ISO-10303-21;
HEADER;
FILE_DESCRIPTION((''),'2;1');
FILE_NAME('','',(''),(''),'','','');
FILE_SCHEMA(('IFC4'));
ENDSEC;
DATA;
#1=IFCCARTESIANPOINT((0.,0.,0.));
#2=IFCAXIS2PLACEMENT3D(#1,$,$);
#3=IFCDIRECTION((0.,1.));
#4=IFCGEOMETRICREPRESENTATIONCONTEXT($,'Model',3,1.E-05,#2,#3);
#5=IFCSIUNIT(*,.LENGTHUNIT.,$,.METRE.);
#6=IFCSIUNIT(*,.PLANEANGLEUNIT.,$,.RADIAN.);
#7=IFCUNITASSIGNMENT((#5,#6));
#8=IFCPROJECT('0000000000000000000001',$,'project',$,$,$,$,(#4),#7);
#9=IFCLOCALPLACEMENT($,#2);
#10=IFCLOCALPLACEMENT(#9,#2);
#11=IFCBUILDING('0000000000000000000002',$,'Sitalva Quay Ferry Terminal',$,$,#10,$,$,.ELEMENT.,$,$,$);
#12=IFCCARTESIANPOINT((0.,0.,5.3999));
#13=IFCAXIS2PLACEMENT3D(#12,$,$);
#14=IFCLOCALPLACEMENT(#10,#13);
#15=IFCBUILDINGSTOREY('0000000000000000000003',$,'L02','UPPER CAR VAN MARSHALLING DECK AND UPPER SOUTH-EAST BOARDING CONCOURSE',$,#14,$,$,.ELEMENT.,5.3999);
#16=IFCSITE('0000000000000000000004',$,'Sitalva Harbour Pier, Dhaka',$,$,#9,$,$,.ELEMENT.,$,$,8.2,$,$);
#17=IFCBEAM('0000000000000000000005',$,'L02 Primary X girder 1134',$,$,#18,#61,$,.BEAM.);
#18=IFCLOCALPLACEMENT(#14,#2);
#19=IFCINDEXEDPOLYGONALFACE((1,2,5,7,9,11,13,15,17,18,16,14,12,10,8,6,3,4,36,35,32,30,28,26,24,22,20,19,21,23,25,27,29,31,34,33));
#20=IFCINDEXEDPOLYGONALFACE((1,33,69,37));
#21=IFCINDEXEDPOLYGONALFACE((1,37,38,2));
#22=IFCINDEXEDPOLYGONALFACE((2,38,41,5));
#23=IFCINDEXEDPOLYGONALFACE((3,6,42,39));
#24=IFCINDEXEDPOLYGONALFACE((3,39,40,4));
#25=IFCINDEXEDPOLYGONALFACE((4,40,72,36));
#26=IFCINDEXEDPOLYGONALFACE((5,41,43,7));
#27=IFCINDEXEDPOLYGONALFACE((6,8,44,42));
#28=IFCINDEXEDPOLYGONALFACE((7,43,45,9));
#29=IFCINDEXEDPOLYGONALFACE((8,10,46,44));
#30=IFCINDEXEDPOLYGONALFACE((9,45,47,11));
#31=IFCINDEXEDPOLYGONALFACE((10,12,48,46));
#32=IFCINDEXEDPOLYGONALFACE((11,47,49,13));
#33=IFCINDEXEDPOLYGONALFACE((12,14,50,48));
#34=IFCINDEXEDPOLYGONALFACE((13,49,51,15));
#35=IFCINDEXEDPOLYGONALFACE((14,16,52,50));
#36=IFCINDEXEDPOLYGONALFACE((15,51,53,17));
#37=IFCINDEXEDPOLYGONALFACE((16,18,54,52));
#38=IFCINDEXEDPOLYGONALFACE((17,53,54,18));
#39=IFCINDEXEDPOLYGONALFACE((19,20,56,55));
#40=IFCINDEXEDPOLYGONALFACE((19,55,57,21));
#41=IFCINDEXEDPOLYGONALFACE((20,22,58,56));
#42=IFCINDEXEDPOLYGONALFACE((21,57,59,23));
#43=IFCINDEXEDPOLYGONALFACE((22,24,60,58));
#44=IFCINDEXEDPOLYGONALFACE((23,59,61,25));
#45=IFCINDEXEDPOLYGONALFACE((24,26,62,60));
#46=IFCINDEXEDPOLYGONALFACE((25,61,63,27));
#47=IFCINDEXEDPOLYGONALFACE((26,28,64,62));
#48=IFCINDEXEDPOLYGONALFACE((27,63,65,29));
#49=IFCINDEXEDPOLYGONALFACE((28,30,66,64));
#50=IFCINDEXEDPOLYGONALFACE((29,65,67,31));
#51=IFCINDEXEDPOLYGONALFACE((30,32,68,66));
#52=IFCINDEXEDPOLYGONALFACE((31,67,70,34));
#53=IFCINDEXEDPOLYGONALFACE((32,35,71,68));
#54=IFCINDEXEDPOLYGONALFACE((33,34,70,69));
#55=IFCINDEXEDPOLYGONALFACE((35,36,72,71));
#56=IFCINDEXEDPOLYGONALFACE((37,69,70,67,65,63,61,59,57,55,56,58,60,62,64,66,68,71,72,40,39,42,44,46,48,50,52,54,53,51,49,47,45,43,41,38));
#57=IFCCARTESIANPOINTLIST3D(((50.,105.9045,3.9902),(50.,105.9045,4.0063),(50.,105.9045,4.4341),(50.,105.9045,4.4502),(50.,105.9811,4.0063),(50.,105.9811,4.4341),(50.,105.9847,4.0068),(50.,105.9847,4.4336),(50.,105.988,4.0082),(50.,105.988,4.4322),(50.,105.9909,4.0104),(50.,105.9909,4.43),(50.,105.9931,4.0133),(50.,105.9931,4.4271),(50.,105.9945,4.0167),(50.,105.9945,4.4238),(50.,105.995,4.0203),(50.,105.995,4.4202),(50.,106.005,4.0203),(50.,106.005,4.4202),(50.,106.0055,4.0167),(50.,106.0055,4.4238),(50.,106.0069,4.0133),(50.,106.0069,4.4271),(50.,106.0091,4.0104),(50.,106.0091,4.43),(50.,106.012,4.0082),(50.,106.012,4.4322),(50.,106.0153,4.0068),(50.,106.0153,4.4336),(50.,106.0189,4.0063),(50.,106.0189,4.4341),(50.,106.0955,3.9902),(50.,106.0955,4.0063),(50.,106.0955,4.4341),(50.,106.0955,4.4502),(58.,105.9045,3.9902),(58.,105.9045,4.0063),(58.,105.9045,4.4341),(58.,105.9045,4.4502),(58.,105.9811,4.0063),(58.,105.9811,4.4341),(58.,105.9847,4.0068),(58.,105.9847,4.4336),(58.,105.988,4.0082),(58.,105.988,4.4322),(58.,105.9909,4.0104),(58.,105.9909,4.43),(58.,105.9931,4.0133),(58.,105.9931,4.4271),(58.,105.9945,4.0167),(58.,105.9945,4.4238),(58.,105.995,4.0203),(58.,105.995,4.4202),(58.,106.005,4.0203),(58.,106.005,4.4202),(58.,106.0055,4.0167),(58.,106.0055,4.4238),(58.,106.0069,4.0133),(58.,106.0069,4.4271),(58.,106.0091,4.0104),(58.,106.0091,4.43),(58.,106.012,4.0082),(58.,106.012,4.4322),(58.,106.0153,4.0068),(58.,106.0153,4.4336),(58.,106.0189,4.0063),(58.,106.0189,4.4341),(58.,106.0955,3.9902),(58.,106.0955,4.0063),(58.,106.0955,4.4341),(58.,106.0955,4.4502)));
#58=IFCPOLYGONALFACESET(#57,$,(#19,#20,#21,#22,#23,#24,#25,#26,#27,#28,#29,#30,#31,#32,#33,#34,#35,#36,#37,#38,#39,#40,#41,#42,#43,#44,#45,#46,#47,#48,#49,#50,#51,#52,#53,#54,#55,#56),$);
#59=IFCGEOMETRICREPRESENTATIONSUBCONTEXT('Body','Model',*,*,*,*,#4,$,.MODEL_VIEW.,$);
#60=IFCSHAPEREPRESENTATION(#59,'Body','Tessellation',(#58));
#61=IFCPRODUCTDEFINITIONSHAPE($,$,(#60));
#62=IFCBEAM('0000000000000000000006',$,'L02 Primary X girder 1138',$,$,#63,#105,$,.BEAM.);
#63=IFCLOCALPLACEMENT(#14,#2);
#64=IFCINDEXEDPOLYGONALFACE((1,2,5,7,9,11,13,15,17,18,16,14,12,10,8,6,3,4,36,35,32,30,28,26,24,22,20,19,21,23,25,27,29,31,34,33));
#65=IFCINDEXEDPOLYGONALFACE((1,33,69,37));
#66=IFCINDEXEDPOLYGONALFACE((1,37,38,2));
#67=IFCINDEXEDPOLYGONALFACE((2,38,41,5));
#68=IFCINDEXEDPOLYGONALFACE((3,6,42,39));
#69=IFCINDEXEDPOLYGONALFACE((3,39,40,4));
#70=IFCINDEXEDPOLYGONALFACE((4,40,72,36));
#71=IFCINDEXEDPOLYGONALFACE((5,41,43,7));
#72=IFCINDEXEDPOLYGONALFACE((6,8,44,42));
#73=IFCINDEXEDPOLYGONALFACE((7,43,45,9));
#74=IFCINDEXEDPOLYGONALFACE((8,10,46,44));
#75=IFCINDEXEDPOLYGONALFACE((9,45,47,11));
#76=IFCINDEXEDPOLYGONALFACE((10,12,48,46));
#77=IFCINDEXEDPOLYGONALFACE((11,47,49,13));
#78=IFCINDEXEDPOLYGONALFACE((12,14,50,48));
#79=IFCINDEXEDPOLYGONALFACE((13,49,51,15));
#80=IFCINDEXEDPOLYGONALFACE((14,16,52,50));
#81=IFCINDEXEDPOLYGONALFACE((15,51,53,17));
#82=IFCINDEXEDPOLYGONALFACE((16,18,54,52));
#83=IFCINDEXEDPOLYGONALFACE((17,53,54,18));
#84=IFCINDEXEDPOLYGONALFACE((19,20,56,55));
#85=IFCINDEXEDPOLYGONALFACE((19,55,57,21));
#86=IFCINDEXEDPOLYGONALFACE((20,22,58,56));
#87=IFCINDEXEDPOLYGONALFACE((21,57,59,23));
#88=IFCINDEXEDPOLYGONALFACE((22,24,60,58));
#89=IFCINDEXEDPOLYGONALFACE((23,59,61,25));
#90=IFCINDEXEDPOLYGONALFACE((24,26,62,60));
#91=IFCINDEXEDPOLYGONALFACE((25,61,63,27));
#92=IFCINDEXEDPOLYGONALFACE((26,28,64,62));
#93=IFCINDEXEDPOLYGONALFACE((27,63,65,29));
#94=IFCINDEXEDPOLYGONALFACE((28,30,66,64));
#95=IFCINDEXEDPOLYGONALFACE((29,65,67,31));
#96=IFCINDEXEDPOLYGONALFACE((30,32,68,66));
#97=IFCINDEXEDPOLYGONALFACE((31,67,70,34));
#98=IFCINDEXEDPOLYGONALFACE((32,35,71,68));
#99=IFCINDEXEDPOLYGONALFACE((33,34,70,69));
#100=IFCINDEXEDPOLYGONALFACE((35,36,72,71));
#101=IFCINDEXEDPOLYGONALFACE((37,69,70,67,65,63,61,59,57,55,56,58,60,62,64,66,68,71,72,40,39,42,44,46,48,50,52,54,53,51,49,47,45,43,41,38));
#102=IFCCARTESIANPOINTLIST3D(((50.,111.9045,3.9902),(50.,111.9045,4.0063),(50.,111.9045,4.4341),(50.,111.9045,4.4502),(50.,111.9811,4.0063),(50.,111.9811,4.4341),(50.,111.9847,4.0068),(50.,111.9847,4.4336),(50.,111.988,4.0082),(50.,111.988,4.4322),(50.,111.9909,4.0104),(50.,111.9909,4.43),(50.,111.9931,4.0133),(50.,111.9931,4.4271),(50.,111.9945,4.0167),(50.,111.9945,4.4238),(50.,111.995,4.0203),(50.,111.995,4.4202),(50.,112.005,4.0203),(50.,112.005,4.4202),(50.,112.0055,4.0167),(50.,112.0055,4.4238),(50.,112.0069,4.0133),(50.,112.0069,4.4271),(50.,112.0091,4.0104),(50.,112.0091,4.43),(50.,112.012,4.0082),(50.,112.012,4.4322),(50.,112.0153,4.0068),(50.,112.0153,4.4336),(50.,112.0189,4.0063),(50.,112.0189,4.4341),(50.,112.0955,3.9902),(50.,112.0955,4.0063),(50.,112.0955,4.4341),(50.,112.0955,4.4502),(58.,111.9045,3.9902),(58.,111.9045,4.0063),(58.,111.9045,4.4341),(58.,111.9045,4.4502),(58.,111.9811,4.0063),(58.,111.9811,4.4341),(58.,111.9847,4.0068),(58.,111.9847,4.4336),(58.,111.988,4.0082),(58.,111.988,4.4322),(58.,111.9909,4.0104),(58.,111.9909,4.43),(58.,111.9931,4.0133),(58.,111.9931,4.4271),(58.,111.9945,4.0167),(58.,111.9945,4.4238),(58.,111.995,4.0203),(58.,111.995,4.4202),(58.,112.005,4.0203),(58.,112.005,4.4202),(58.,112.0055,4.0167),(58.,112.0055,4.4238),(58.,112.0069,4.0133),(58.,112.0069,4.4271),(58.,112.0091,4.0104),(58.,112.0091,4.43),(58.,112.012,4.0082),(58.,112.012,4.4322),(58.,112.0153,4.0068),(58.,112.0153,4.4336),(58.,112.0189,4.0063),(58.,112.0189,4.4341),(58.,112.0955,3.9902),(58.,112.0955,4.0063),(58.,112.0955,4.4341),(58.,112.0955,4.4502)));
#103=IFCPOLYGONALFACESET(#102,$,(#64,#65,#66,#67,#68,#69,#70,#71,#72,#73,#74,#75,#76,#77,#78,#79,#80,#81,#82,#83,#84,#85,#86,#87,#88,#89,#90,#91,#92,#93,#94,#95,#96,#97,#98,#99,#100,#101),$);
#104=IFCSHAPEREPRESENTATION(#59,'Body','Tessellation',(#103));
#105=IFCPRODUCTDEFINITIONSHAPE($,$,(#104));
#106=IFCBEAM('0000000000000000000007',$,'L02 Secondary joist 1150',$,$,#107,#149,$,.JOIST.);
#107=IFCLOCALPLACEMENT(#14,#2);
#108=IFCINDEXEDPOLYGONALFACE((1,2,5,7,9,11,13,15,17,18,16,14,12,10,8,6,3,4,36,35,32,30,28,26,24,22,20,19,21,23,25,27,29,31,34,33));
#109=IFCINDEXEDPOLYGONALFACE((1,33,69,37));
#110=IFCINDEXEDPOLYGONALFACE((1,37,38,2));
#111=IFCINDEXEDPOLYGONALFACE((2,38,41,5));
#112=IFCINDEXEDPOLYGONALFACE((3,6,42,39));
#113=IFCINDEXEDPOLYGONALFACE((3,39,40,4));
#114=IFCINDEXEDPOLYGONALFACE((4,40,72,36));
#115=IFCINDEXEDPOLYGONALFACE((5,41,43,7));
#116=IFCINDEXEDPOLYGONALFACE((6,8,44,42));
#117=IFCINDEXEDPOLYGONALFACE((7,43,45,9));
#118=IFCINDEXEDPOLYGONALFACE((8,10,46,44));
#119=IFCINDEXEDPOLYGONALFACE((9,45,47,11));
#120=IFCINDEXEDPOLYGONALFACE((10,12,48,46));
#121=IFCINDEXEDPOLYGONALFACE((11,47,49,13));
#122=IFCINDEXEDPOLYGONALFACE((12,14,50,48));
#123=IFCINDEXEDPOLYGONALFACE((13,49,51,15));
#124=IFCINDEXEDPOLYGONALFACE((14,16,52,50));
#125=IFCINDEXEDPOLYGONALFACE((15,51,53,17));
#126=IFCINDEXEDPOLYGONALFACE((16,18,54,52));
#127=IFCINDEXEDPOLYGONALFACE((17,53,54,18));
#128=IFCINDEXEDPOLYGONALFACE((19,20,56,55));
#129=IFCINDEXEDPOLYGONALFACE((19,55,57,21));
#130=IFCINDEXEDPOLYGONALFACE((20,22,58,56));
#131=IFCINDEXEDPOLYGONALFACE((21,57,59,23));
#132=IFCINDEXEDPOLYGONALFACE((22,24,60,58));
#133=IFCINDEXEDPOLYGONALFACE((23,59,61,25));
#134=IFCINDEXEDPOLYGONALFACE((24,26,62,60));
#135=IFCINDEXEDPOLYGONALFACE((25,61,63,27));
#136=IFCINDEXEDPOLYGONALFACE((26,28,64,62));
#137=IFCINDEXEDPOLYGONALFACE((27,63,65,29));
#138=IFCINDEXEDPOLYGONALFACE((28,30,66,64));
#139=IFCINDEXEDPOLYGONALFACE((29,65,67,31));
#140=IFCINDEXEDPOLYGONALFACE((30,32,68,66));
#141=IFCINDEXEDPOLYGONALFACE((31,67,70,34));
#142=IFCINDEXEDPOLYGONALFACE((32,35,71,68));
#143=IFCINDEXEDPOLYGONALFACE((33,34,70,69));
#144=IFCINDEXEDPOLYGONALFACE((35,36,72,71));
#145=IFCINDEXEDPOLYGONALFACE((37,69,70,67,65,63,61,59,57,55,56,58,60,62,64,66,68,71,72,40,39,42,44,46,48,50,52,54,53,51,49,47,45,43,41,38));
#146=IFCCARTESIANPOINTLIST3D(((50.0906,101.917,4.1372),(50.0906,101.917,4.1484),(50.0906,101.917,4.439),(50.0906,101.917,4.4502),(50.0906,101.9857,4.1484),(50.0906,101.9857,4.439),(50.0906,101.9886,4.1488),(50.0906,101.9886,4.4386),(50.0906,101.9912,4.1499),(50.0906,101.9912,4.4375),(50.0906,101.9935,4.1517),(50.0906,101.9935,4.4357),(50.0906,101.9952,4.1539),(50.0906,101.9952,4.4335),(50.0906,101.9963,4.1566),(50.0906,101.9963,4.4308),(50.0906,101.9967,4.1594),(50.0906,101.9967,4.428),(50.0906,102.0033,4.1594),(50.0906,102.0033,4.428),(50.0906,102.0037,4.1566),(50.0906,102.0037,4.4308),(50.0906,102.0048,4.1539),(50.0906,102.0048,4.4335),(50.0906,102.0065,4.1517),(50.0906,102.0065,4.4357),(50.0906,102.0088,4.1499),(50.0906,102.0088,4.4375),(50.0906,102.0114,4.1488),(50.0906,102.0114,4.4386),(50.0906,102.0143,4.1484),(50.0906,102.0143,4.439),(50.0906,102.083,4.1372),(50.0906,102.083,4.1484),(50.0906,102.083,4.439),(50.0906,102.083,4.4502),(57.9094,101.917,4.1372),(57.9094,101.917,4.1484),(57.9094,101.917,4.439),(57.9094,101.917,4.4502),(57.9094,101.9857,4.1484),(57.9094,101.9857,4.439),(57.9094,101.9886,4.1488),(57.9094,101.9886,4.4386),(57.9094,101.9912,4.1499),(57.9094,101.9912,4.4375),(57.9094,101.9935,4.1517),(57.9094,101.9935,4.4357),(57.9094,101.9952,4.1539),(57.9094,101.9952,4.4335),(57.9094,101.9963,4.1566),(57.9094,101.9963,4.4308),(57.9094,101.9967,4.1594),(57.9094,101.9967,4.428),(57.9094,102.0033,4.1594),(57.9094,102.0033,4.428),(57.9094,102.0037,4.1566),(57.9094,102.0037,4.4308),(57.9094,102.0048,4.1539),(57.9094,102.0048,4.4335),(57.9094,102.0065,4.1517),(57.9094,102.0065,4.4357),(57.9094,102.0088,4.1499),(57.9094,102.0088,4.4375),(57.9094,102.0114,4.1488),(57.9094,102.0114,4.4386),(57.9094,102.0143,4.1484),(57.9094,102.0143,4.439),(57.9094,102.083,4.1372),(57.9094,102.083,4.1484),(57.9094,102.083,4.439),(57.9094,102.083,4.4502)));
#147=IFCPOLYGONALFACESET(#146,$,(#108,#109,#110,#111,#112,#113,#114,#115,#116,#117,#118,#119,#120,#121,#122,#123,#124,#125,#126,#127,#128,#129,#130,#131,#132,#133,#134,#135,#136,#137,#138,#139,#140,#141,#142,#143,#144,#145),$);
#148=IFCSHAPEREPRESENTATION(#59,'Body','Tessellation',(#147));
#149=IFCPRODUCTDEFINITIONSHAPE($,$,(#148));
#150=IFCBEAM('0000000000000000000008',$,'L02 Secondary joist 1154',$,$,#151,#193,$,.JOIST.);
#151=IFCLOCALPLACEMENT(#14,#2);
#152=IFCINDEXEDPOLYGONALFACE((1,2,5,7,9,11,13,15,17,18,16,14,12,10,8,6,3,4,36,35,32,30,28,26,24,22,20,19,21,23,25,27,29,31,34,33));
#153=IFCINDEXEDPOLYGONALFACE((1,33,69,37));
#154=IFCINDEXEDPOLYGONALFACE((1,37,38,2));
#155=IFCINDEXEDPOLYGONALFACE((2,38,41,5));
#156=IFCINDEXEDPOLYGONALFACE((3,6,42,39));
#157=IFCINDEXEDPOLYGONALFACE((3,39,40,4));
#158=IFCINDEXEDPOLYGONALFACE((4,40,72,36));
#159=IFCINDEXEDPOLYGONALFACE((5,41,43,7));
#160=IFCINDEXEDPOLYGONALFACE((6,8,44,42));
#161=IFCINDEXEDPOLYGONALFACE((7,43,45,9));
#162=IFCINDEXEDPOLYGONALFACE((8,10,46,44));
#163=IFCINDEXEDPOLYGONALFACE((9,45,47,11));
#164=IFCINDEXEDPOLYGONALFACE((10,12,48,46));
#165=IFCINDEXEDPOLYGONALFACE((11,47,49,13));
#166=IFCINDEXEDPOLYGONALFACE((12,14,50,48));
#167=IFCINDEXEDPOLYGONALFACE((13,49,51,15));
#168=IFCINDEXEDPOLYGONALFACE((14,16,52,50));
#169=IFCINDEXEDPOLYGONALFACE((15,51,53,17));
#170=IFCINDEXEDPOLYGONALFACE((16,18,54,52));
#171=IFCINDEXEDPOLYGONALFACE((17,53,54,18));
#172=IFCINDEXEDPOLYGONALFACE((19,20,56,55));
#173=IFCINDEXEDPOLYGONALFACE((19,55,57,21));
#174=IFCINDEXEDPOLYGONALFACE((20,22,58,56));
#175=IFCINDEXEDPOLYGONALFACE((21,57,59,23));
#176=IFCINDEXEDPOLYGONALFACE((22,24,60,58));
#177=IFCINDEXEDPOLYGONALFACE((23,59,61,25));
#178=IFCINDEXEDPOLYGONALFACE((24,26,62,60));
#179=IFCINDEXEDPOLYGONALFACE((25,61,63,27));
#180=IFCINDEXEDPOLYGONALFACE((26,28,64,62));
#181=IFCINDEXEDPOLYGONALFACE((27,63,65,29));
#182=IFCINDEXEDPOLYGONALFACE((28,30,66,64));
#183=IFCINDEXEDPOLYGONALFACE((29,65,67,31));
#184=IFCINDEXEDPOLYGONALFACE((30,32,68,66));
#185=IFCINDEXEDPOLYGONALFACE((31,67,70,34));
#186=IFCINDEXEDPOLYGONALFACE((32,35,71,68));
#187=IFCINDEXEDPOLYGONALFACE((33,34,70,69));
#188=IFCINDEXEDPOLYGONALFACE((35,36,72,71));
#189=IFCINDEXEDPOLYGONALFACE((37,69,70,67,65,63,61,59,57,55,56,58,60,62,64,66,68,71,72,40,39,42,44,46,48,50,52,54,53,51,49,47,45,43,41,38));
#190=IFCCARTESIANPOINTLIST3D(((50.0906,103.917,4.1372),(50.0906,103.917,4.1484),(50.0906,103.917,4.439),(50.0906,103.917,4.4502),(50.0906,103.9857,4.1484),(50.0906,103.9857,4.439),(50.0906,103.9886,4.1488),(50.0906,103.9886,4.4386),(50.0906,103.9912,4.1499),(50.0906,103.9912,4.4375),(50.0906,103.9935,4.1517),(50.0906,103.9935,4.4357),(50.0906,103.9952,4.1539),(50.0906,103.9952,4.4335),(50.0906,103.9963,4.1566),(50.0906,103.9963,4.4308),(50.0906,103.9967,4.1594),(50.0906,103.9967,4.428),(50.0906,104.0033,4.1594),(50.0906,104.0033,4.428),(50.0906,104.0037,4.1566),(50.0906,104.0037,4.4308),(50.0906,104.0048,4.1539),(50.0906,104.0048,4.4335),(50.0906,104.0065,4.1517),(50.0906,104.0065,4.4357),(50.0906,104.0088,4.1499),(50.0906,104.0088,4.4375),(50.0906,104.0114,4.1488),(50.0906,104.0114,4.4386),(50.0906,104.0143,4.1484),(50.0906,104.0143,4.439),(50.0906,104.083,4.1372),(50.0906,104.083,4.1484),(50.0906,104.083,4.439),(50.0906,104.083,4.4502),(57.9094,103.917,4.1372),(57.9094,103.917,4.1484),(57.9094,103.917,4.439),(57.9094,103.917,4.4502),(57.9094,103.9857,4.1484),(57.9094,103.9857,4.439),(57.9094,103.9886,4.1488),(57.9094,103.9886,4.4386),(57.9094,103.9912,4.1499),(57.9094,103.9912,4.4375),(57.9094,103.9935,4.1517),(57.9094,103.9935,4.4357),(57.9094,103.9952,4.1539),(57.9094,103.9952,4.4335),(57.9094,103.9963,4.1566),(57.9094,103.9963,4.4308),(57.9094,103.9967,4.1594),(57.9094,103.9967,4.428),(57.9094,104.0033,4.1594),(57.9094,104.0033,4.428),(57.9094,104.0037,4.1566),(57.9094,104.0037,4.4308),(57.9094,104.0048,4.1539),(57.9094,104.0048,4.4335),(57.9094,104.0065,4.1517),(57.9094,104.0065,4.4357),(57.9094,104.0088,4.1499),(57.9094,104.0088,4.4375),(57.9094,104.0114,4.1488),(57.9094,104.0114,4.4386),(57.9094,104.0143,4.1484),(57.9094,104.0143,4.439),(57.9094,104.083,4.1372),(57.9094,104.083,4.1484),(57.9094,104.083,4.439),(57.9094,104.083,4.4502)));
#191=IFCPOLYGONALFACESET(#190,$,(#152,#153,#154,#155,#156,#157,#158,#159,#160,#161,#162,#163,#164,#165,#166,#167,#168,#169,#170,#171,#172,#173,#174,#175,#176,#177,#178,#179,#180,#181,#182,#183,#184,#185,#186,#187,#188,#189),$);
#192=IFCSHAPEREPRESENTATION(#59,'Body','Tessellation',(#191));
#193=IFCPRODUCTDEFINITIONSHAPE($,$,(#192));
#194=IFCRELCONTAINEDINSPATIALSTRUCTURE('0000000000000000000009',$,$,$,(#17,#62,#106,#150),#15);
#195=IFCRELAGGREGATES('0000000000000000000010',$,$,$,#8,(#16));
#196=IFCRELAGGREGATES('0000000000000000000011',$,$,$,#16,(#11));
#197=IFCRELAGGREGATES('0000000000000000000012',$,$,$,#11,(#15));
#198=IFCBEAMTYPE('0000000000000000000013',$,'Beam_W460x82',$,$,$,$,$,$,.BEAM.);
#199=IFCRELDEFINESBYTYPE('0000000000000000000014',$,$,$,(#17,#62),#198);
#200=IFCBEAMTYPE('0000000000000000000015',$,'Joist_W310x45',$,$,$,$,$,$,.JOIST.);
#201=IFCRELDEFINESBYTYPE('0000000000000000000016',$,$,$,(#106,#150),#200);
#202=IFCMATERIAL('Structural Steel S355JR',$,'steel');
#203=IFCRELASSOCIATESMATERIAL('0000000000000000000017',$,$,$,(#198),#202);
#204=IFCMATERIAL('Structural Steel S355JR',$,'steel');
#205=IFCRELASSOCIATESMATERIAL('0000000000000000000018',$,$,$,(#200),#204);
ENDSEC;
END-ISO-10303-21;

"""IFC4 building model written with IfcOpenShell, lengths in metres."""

from ifc_helpers import new_model, si_unit, direction, frame, origin, origin_2d, place, context, subcontext, project, spatial, i_section, extrude, material, material_profile, profile_set, type_object, element, save


model = new_model("IFC4")

# Units and contexts
model_context = context("Model", 3, precision=1e-05, world=origin(), true_north=direction((0.0, 1.0)))
body_context = subcontext(model_context, "Body", "Model", "MODEL_VIEW")
ifc_project = project(units=[si_unit("LENGTHUNIT", "METRE"), si_unit("PLANEANGLEUNIT", "RADIAN")], contexts=[model_context])

# Site, building, storey
site_placement = place(None, origin())
site = spatial("IfcSite", under=ifc_project, at=site_placement, Name="Sitalva Harbour Pier, Dhaka", CompositionType="ELEMENT", RefElevation=8.2)
building_placement = place(site_placement, origin())
building = spatial("IfcBuilding", under=site, at=building_placement, Name="Sitalva Quay Ferry Terminal", CompositionType="ELEMENT")
storey_placement = place(building_placement, frame((0.0, 0.0, 5.3999)))
storey = spatial("IfcBuildingStorey", under=building, at=storey_placement, Name="L02", Description="UPPER CAR VAN MARSHALLING DECK AND UPPER SOUTH-EAST BOARDING CONCOURSE", CompositionType="ELEMENT", Elevation=5.3999)

# Beams
ifc_material_1 = material(Name="Structural Steel S355JR", Category="steel")
ifc_material_profile_1 = material_profile(ifc_material_1, i_section(OverallWidth=0.1909, OverallDepth=0.46, WebThickness=0.01, FlangeThickness=0.0161, FilletRadius=0.0139, at=origin_2d()), Name="W460x82")
ifc_profile_set_1 = profile_set([ifc_material_profile_1], Name="Structural Steel S355JR")
beam_type_1 = type_object("IfcBeamType", Name="Beam_W460x82", PredefinedType="BEAM", material=ifc_profile_set_1)
for number, where, z_axis, x_axis, name in (
    (1, (50.0, 106.0, 4.2202), (1.0, 0.0, 0.0), (0.0, 1.0, 0.0), "L02 Primary X girder 1134"),
    (2, (50.0, 112.0, 4.2202), (1.0, 0.0, 0.0), (0.0, 1.0, 0.0), "L02 Primary X girder 1138"),
):
    element("IfcBeam", number, at=place(storey_placement, frame(where, z_axis=z_axis, x_axis=x_axis)), inside=storey, type_object=beam_type_1, Name=name, PredefinedType="BEAM", context=body_context, shape_type="SweptSolid", body=[
        extrude(i_section(OverallWidth=0.1909, OverallDepth=0.46, WebThickness=0.01, FlangeThickness=0.0161, FilletRadius=0.0139, at=origin_2d()), origin(), (0.0, 0.0, 1.0), 8.0),
    ])
ifc_material_2 = material(Name="Structural Steel S355JR", Category="steel")
ifc_material_profile_2 = material_profile(ifc_material_2, i_section(OverallWidth=0.166, OverallDepth=0.313, WebThickness=0.0066, FlangeThickness=0.0112, FilletRadius=0.011, at=origin_2d()), Name="W310x45")
ifc_profile_set_2 = profile_set([ifc_material_profile_2], Name="Structural Steel S355JR")
beam_type_2 = type_object("IfcBeamType", Name="Joist_W310x45", PredefinedType="JOIST", material=ifc_profile_set_2)
for number, where, z_axis, x_axis, name in (
    (3, (50.0906, 102.0, 4.2937), (1.0, 0.0, 0.0), (0.0, 1.0, 0.0), "L02 Secondary joist 1150"),
    (4, (50.0906, 104.0, 4.2937), (1.0, 0.0, 0.0), (0.0, 1.0, 0.0), "L02 Secondary joist 1154"),
):
    element("IfcBeam", number, at=place(storey_placement, frame(where, z_axis=z_axis, x_axis=x_axis)), inside=storey, type_object=beam_type_2, Name=name, PredefinedType="JOIST", context=body_context, shape_type="SweptSolid", body=[
        extrude(i_section(OverallWidth=0.166, OverallDepth=0.313, WebThickness=0.0066, FlangeThickness=0.0112, FilletRadius=0.011, at=origin_2d()), origin(), (0.0, 0.0, 1.0), 7.8188),
    ])

save(model, "model.ifc")
